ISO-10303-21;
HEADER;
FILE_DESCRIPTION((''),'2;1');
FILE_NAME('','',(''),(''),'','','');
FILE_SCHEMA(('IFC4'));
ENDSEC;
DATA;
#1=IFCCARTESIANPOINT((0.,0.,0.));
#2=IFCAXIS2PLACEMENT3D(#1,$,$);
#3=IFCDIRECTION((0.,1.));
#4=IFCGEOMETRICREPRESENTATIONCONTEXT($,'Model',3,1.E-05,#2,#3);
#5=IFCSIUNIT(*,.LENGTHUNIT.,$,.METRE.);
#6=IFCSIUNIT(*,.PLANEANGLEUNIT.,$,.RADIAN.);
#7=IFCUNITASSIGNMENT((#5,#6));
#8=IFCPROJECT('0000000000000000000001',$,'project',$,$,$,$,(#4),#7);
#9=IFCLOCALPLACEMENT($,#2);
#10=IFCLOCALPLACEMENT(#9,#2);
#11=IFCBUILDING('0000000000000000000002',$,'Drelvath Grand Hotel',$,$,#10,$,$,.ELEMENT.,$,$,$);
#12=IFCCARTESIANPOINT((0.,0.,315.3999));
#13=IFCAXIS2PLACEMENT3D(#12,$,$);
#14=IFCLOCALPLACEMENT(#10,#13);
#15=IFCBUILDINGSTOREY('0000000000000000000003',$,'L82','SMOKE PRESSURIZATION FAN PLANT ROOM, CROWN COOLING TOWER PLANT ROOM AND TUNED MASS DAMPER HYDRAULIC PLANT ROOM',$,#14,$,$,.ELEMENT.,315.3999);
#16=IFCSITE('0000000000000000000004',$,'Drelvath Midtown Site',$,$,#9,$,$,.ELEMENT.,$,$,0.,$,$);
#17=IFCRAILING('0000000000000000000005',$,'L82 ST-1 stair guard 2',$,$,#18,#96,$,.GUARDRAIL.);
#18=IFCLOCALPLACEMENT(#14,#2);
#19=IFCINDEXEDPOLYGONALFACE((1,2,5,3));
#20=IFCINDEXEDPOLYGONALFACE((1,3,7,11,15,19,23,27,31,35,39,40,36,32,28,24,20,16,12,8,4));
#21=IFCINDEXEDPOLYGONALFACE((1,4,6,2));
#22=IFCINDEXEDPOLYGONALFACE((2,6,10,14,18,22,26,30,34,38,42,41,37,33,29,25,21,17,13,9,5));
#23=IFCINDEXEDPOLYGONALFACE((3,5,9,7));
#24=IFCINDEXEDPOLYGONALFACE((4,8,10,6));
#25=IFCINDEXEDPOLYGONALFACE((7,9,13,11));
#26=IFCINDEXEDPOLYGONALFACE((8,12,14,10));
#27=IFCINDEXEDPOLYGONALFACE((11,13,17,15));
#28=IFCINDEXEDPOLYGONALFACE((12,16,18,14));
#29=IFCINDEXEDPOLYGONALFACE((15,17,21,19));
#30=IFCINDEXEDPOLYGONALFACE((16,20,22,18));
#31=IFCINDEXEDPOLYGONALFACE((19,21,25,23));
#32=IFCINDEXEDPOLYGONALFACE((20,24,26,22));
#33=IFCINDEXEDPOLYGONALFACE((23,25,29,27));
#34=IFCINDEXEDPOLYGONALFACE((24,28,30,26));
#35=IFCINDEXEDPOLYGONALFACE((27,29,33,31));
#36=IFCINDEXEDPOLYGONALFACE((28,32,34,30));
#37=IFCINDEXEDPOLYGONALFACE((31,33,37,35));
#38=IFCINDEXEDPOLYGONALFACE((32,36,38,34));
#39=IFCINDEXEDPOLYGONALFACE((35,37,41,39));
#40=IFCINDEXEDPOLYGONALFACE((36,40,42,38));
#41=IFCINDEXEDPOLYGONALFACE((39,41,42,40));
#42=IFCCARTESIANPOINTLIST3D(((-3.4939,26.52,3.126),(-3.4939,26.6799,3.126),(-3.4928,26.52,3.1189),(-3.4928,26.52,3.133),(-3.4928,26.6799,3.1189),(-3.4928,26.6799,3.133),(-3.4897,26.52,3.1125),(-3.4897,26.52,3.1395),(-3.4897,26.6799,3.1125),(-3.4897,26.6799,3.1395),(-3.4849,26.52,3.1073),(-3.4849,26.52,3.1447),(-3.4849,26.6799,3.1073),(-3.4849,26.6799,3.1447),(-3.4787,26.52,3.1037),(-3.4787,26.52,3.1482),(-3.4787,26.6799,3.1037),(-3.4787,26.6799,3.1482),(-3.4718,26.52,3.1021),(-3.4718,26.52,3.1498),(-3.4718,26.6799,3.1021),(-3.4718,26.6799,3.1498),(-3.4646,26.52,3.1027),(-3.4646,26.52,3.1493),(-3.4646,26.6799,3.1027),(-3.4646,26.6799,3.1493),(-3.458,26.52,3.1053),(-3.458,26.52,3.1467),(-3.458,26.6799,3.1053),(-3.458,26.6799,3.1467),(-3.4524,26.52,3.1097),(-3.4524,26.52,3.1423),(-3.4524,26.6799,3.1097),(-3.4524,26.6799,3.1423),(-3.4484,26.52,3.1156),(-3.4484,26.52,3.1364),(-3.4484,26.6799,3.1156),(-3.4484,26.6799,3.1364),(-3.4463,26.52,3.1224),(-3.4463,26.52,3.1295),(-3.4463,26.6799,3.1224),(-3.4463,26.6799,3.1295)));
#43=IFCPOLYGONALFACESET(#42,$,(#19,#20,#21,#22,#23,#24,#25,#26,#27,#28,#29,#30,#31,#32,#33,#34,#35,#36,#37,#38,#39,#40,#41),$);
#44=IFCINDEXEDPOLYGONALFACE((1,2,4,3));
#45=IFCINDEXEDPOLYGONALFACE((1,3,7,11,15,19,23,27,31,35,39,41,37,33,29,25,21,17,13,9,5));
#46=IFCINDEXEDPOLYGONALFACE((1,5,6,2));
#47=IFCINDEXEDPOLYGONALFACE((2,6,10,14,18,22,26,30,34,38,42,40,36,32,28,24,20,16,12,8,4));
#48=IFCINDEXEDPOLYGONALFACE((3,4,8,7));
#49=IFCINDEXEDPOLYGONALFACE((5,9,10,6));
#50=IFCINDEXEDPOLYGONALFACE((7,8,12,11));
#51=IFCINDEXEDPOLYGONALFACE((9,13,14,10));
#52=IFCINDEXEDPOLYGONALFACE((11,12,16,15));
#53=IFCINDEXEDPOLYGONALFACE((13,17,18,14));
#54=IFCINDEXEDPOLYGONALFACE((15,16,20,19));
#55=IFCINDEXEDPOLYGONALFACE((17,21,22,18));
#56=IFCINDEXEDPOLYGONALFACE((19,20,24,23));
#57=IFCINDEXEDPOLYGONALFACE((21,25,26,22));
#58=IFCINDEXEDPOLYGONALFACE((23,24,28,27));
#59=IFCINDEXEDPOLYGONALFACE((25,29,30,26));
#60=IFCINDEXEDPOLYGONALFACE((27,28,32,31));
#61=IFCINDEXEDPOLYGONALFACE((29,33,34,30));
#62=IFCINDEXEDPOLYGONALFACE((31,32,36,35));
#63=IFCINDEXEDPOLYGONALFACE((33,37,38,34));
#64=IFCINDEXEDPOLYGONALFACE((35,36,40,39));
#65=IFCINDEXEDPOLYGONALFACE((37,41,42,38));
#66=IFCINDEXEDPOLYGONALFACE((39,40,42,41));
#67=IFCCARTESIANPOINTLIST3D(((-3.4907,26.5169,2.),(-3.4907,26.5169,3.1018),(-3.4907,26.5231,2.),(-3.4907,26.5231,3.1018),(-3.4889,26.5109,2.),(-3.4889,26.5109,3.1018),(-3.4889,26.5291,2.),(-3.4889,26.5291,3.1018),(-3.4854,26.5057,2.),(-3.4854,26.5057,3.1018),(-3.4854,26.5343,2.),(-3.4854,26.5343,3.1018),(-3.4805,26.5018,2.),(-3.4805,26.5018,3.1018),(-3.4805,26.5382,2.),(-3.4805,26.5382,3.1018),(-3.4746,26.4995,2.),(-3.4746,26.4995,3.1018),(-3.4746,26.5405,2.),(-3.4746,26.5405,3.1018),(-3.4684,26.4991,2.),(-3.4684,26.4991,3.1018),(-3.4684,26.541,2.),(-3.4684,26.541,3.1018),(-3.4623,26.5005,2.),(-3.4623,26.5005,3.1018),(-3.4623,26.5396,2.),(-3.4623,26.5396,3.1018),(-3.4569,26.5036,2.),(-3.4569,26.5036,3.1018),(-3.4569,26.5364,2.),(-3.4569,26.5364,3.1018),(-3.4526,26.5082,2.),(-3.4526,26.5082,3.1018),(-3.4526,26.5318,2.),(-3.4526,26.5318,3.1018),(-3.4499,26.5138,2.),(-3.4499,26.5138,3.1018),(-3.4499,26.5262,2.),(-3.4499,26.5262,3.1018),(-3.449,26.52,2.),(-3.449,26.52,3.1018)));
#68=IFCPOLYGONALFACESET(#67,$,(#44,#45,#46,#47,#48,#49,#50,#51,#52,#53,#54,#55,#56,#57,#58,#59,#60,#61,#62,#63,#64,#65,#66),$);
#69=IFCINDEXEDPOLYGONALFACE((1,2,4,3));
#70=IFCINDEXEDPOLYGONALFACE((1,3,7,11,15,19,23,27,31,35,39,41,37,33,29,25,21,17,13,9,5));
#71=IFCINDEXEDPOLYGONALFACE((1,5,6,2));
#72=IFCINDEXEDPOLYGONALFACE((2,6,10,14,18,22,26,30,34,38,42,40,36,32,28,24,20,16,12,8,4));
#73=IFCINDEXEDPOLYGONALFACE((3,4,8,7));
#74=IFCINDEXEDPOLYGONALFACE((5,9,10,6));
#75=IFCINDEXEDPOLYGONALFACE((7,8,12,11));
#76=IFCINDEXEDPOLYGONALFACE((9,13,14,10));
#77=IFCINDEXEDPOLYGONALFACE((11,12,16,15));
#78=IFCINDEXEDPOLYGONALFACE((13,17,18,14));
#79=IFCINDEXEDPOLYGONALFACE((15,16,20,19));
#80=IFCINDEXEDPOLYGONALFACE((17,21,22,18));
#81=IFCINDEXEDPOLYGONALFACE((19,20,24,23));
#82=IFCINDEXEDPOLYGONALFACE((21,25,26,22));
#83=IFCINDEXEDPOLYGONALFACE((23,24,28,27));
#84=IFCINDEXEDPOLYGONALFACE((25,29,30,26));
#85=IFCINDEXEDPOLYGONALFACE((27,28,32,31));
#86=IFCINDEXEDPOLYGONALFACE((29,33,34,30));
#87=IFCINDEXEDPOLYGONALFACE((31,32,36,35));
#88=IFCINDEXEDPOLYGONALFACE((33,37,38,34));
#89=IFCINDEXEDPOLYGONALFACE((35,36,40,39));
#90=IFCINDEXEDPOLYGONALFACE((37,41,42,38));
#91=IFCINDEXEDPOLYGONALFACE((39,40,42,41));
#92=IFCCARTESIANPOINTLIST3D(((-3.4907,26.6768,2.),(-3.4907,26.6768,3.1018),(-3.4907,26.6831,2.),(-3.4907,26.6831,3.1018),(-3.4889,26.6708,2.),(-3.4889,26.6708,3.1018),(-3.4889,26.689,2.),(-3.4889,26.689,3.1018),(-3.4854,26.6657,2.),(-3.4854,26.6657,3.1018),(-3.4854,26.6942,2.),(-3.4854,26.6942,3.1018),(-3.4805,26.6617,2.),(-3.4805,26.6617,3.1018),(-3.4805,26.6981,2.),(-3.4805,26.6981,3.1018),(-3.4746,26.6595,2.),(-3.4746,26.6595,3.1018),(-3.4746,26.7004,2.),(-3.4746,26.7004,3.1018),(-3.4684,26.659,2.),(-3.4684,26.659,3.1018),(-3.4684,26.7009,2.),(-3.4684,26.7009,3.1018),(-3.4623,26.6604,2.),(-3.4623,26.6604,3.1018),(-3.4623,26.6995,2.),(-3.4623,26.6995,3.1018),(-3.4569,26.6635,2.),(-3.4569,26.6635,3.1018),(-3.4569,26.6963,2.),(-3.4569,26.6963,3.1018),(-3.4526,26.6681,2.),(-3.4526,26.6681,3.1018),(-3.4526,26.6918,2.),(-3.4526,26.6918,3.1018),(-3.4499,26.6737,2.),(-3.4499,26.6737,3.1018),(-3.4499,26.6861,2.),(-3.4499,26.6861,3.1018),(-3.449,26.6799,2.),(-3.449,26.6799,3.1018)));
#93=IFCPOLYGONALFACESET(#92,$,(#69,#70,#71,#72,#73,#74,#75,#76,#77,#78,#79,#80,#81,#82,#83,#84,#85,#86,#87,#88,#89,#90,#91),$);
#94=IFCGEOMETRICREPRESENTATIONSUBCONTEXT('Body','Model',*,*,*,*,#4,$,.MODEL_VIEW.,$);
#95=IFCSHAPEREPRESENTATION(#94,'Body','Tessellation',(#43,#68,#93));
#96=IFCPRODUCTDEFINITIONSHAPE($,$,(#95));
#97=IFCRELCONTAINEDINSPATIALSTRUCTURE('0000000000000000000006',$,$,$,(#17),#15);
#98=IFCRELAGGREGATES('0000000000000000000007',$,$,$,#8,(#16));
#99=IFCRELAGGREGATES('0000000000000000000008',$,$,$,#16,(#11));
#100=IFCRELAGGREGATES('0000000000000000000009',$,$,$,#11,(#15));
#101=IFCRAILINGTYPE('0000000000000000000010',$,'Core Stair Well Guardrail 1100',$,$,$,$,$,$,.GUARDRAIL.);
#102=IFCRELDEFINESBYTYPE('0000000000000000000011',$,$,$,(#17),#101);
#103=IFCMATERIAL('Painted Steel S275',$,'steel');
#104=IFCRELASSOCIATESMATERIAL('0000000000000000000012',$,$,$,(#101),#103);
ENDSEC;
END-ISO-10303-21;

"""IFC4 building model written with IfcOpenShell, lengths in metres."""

from ifc_helpers import new_model, si_unit, direction, frame, origin, origin_2d, place, context, subcontext, project, spatial, circle, extrude, material, type_object, element, save


model = new_model("IFC4")

# Units and contexts
model_context = context("Model", 3, precision=1e-05, world=origin(), true_north=direction((0.0, 1.0)))
body_context = subcontext(model_context, "Body", "Model", "MODEL_VIEW")
ifc_project = project(units=[si_unit("LENGTHUNIT", "METRE"), si_unit("PLANEANGLEUNIT", "RADIAN")], contexts=[model_context])

# Site, building, storey
site_placement = place(None, origin())
site = spatial("IfcSite", under=ifc_project, at=site_placement, Name="Drelvath Midtown Site", CompositionType="ELEMENT", RefElevation=0.0)
building_placement = place(site_placement, origin())
building = spatial("IfcBuilding", under=site, at=building_placement, Name="Drelvath Grand Hotel", CompositionType="ELEMENT")
storey_placement = place(building_placement, frame((0.0, 0.0, 315.3999)))
storey = spatial("IfcBuildingStorey", under=building, at=storey_placement, Name="L82", Description="SMOKE PRESSURIZATION FAN PLANT ROOM, CROWN COOLING TOWER PLANT ROOM AND TUNED MASS DAMPER HYDRAULIC PLANT ROOM", CompositionType="ELEMENT", Elevation=315.3999)

# Shared definitions
ifc_material_1 = material(Name="Painted Steel S275", Category="steel")

# Railing
railing_type_1 = type_object("IfcRailingType", Name="Core Stair Well Guardrail 1100", PredefinedType="GUARDRAIL", material=ifc_material_1)
railing_1_placement = place(storey_placement, frame((-3.47, 26.52, 2.0)))
element("IfcRailing", 1, at=railing_1_placement, inside=storey, type_object=railing_type_1, Name="L82 ST-1 stair guard 2", PredefinedType="GUARDRAIL", context=body_context, shape_type="SweptSolid", body=[
    extrude(circle(Radius=0.0239, at=origin_2d()), frame((0.0, 0.0, 1.126), z_axis=(0.0, 1.0, 0.0), x_axis=(-1.0, 0.0, 0.0)), (0.0, 0.0, 1.0), 0.1599),
    extrude(circle(Radius=0.021, at=origin_2d()), origin(), (0.0, 0.0, 1.0), 1.1018),
    extrude(circle(Radius=0.021, at=origin_2d()), frame((0.0, 0.1599, 0.0)), (0.0, 0.0, 1.0), 1.1018),
])

save(model, "model.ifc")
